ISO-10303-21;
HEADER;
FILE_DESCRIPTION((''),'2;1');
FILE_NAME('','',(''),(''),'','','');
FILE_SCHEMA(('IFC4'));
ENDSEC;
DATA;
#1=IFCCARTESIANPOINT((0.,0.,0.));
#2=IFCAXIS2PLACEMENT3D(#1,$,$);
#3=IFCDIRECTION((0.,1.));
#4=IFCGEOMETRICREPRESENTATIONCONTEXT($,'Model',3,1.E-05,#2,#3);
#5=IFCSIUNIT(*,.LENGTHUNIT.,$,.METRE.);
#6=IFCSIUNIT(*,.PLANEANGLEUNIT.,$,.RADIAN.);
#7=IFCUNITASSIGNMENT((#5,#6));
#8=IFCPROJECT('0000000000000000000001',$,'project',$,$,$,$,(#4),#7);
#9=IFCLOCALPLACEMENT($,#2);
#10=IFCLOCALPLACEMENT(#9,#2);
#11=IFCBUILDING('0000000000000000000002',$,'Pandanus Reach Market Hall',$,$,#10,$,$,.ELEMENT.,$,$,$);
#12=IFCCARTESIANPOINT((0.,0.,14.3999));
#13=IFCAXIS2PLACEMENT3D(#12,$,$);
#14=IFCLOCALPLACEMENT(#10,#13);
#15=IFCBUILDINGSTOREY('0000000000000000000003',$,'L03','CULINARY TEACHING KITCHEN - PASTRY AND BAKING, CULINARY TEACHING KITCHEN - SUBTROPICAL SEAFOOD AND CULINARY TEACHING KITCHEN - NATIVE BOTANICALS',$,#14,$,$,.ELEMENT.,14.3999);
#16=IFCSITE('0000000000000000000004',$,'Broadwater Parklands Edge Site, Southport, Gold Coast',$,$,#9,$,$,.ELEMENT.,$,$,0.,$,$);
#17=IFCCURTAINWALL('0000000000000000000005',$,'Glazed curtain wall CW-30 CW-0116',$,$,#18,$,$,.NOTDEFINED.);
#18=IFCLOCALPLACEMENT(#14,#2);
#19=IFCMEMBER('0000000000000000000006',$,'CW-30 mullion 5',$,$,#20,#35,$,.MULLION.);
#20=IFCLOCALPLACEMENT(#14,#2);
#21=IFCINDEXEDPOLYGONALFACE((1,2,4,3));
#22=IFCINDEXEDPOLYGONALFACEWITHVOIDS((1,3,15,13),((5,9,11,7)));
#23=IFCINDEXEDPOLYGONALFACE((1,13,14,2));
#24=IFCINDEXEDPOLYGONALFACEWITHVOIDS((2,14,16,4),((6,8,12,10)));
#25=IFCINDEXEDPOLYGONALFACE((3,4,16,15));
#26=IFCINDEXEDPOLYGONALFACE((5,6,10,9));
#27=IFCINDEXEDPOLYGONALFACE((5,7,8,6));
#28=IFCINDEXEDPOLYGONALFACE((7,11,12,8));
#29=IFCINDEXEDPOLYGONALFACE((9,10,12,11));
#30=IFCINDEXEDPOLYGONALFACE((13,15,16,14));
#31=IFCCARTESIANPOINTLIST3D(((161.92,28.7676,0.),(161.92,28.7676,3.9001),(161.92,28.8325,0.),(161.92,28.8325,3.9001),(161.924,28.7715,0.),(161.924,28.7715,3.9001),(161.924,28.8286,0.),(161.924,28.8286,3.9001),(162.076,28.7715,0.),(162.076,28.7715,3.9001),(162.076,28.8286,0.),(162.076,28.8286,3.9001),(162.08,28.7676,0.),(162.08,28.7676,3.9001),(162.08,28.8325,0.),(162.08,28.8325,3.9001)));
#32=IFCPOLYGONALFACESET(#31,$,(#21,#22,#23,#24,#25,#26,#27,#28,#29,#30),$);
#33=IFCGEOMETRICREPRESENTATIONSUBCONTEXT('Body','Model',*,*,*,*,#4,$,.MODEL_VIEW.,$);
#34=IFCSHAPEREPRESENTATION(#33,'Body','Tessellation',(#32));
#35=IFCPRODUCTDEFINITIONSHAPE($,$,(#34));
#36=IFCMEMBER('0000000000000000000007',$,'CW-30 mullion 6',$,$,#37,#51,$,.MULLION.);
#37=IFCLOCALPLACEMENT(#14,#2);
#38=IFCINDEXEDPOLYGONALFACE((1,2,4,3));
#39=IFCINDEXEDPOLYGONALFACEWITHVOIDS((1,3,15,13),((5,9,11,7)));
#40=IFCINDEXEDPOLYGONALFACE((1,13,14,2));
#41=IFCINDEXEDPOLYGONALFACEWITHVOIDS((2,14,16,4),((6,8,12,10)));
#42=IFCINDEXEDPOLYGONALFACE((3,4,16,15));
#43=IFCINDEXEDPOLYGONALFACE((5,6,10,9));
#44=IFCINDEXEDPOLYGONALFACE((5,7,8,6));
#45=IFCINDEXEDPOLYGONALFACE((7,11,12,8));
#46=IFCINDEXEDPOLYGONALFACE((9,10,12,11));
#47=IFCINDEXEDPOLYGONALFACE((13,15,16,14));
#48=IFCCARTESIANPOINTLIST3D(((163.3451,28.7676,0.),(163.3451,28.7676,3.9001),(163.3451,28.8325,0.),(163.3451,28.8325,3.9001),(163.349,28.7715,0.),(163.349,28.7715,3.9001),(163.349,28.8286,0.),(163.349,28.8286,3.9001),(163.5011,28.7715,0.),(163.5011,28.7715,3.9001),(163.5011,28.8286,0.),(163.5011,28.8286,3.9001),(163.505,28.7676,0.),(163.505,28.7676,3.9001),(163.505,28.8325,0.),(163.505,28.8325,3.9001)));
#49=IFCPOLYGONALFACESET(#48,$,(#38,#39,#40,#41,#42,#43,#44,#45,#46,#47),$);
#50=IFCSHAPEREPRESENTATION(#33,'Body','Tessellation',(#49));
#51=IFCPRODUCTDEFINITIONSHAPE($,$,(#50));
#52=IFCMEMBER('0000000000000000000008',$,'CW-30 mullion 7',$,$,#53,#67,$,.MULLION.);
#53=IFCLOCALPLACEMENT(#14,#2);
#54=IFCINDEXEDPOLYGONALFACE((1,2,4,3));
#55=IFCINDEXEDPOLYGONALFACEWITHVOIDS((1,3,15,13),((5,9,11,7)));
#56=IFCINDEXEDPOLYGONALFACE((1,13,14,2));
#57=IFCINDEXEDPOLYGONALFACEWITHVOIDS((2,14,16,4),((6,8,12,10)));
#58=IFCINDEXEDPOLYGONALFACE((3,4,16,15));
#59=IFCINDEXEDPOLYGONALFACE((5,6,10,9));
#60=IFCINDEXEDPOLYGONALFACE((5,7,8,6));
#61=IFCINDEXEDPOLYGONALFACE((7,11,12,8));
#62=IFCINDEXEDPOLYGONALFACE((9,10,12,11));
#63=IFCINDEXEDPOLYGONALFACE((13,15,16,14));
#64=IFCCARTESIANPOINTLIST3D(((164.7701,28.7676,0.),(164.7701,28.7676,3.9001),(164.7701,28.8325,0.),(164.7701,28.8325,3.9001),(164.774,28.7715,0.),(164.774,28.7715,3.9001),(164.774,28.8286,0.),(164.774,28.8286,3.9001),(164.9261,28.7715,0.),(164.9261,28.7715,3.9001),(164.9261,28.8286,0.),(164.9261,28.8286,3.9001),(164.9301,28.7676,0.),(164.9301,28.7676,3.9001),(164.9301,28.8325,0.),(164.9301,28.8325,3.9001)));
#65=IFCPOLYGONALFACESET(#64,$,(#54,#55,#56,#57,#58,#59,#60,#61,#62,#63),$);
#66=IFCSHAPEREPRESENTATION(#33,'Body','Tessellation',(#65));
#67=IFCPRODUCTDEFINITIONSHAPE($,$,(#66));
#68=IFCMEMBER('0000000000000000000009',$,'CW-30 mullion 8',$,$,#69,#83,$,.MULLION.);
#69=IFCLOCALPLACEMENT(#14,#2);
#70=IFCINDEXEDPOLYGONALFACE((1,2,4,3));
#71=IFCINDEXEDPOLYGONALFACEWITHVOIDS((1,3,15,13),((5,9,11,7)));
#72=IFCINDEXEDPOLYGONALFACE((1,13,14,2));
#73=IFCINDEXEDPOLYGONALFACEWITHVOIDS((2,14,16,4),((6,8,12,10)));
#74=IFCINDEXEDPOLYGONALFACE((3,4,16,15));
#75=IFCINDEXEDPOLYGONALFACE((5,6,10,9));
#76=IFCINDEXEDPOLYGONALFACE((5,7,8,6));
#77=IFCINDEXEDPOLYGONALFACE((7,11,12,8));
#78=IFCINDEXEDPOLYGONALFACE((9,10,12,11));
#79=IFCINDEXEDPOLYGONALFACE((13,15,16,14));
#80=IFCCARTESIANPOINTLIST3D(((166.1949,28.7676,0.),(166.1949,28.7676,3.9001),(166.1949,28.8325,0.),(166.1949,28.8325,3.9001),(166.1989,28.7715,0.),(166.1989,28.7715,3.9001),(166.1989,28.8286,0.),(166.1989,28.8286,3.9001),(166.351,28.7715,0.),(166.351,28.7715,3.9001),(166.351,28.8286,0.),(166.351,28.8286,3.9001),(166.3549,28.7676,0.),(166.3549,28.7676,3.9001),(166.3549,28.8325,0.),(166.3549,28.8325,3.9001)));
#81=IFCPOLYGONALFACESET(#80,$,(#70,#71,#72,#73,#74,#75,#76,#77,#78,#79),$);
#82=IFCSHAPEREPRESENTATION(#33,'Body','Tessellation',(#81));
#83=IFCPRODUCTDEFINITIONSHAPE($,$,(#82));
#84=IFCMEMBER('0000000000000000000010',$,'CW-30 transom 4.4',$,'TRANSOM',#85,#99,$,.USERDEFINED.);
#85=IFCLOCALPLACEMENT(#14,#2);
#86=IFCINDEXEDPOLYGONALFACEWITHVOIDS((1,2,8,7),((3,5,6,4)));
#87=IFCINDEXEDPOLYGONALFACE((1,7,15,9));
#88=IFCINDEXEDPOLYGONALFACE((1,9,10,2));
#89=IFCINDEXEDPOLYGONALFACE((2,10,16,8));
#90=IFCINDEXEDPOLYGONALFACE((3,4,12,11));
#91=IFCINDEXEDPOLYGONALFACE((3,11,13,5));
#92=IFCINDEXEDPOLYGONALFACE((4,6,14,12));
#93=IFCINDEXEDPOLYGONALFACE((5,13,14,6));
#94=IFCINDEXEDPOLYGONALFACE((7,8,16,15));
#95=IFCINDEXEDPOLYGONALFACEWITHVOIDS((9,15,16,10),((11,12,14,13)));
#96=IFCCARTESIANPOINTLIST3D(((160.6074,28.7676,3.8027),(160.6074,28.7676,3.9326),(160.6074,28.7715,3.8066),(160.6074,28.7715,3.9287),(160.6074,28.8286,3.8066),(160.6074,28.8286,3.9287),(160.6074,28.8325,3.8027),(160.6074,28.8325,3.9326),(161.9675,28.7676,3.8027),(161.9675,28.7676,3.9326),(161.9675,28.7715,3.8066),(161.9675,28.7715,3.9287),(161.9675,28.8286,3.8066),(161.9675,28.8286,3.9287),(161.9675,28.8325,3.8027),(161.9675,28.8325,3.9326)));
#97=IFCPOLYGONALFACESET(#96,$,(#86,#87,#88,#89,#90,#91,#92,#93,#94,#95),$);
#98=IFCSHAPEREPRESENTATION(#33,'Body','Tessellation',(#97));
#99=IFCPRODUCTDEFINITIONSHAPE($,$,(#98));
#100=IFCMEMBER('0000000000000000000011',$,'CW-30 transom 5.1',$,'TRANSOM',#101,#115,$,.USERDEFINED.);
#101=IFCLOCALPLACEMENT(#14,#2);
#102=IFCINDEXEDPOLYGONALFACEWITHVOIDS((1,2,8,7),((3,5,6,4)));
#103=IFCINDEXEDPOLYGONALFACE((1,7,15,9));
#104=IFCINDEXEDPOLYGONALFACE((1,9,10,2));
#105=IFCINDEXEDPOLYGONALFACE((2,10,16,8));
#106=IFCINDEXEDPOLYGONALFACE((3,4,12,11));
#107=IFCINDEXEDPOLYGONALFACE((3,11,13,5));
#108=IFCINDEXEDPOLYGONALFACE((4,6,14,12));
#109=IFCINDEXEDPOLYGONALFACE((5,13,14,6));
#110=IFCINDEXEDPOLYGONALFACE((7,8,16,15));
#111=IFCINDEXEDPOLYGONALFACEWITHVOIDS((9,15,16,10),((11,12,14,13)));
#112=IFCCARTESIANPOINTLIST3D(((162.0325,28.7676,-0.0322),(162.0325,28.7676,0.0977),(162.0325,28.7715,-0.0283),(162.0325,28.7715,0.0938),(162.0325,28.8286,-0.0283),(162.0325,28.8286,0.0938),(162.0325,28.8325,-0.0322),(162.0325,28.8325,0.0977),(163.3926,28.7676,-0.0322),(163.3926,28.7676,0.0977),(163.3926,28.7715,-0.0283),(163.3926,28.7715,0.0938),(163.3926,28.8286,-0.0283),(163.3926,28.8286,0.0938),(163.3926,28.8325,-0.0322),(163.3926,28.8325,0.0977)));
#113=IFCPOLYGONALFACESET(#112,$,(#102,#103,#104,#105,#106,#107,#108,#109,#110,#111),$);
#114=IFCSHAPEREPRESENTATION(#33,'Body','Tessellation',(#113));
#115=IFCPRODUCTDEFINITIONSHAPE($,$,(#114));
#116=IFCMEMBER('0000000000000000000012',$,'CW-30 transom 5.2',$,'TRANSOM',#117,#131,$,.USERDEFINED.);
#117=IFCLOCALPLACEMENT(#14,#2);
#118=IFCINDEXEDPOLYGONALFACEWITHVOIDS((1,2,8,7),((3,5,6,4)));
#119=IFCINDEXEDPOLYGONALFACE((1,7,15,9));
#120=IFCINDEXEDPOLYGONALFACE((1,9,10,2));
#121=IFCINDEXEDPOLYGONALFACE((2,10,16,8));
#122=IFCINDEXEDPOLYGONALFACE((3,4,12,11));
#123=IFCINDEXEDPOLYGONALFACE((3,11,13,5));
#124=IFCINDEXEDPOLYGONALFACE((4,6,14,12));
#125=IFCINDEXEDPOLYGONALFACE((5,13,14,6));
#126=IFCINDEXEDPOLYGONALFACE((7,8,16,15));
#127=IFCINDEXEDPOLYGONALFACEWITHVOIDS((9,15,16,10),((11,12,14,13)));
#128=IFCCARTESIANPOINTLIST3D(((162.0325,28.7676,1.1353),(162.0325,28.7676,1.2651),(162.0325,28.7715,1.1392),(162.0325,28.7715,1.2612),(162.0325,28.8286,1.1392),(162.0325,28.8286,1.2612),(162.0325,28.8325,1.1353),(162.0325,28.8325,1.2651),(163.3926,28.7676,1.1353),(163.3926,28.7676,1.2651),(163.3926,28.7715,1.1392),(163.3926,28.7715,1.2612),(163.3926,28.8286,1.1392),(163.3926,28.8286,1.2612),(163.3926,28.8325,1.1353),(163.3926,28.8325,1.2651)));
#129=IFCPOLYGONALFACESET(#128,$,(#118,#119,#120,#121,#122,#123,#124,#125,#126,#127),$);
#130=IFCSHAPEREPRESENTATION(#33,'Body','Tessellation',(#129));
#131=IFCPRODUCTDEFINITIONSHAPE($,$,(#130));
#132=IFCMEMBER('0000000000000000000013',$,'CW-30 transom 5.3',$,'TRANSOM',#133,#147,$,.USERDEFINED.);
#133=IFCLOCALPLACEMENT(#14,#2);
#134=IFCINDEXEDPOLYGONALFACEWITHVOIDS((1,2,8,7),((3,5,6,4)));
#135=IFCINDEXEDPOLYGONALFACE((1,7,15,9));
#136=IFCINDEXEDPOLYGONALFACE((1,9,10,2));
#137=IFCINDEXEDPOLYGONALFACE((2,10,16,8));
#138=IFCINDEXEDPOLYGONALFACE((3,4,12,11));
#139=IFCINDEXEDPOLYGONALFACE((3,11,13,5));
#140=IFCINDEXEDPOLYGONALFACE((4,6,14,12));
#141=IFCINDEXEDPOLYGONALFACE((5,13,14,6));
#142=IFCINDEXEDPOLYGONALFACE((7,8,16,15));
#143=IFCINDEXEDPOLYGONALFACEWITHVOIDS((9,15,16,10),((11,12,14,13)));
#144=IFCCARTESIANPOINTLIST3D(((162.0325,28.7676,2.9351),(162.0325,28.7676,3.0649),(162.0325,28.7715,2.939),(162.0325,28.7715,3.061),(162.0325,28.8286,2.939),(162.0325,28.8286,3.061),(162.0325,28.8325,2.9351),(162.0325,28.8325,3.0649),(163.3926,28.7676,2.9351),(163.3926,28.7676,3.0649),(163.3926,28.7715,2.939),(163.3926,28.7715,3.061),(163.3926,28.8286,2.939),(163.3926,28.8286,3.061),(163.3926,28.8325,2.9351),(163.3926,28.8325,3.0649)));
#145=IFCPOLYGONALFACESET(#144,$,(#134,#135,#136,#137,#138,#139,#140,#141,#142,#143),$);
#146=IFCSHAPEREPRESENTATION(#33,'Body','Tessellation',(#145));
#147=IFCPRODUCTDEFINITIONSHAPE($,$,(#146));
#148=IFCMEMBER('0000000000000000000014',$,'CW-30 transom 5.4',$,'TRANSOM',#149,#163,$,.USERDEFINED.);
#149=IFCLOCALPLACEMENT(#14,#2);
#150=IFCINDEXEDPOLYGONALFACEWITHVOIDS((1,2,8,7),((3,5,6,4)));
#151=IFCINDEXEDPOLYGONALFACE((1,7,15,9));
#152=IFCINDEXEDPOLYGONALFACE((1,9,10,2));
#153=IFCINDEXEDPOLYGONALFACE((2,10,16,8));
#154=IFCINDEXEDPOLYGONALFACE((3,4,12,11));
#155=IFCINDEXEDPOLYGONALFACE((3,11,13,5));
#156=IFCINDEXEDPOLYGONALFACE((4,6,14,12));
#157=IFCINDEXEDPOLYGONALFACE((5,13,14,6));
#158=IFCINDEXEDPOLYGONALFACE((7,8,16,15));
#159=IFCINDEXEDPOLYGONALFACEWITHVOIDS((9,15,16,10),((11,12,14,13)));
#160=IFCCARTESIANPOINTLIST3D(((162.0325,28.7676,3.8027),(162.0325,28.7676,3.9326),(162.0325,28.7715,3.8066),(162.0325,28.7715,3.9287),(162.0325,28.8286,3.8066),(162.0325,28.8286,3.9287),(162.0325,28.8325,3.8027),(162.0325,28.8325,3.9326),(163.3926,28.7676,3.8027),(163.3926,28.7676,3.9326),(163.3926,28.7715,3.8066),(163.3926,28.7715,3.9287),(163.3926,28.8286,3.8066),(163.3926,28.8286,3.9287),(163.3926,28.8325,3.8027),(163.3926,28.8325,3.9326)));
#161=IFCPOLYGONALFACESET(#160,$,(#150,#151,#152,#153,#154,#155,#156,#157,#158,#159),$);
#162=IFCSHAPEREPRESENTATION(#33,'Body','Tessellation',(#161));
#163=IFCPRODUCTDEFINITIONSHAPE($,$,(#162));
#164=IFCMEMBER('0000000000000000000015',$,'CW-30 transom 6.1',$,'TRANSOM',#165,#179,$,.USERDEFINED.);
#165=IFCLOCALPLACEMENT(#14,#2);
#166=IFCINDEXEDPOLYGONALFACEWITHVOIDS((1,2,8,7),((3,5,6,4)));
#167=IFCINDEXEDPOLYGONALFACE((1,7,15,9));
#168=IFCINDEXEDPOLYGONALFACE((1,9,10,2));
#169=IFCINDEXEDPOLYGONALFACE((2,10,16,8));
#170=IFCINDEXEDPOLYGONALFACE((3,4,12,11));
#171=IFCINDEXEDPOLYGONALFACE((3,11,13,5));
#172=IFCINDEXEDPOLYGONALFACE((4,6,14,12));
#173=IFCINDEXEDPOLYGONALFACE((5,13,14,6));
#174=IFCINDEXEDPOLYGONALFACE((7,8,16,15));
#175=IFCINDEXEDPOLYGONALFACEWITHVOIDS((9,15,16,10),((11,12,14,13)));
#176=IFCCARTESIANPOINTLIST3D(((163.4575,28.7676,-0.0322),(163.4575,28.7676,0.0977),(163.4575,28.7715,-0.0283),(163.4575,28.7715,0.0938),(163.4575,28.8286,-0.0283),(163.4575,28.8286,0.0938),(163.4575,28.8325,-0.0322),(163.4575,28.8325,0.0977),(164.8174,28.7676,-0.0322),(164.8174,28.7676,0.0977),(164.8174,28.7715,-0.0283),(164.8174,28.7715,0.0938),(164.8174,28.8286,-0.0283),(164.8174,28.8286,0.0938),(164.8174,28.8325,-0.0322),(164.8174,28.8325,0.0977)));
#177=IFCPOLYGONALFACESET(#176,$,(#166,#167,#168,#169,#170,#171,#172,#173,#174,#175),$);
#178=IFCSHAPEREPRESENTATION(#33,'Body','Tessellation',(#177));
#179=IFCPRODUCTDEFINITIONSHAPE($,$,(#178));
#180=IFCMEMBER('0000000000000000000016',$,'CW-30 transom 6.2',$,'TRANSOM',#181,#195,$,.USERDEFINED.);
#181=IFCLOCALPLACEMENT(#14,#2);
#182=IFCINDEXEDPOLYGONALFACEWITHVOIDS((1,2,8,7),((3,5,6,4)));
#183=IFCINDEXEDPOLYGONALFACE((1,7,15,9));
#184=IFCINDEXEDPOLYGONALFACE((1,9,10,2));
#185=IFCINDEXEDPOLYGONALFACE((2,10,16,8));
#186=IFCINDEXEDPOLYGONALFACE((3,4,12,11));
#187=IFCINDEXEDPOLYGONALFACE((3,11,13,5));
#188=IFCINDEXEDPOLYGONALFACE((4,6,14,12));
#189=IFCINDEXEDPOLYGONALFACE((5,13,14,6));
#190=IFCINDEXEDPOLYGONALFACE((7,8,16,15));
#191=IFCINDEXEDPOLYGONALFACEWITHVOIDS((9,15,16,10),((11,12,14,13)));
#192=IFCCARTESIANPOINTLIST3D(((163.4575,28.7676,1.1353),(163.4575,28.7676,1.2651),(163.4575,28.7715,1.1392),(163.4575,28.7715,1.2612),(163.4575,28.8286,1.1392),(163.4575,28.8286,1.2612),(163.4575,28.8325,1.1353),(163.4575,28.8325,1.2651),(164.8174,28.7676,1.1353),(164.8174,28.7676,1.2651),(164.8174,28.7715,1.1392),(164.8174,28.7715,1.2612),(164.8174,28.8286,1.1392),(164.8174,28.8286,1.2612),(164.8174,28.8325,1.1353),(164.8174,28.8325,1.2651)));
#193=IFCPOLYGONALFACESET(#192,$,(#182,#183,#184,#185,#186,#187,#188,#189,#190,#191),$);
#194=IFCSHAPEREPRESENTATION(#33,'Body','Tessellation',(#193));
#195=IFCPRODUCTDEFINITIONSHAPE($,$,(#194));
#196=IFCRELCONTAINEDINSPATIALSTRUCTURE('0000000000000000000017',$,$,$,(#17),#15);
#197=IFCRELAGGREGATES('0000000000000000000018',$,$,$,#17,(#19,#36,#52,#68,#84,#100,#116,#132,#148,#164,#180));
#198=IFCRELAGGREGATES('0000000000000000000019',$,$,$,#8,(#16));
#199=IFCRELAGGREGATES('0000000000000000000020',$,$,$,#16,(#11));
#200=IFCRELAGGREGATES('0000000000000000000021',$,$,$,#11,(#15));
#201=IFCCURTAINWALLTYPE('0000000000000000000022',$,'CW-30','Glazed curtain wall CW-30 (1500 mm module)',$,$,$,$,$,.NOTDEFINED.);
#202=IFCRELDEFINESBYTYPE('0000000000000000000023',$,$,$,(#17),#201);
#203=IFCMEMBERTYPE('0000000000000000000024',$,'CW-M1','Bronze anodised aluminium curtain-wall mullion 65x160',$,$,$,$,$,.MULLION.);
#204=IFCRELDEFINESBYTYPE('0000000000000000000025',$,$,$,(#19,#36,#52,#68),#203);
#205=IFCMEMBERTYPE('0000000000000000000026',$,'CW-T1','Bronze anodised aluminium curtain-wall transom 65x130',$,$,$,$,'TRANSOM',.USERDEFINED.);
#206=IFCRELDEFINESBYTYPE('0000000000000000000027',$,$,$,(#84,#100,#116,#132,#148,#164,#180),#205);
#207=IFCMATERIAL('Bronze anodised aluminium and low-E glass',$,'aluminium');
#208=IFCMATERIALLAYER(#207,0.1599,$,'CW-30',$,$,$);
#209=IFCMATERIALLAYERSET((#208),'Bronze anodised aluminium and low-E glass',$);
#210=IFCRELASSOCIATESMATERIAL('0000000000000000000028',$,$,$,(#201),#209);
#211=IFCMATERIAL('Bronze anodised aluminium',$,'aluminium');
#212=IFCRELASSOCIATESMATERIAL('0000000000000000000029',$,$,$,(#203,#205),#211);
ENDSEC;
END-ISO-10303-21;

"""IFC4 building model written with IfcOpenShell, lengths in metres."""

from ifc_helpers import new_model, si_unit, direction, frame, origin, origin_2d, place, context, subcontext, project, spatial, hollow_rectangle, extrude, material, layer, layer_set, material_profile, profile_set, type_object, element, aggregate, save


model = new_model("IFC4")

# Units and contexts
model_context = context("Model", 3, precision=1e-05, world=origin(), true_north=direction((0.0, 1.0)))
body_context = subcontext(model_context, "Body", "Model", "MODEL_VIEW")
ifc_project = project(units=[si_unit("LENGTHUNIT", "METRE"), si_unit("PLANEANGLEUNIT", "RADIAN")], contexts=[model_context])

# Site, building, storey
site_placement = place(None, origin())
site = spatial("IfcSite", under=ifc_project, at=site_placement, Name="Broadwater Parklands Edge Site, Southport, Gold Coast", CompositionType="ELEMENT", RefElevation=0.0)
building_placement = place(site_placement, origin())
building = spatial("IfcBuilding", under=site, at=building_placement, Name="Pandanus Reach Market Hall", CompositionType="ELEMENT")
storey_placement = place(building_placement, frame((0.0, 0.0, 14.3999)))
storey = spatial("IfcBuildingStorey", under=building, at=storey_placement, Name="L03", Description="CULINARY TEACHING KITCHEN - PASTRY AND BAKING, CULINARY TEACHING KITCHEN - SUBTROPICAL SEAFOOD AND CULINARY TEACHING KITCHEN - NATIVE BOTANICALS", CompositionType="ELEMENT", Elevation=14.3999)

# Curtain wall, members
ifc_material_1 = material(Name="Bronze anodised aluminium and low-E glass", Category="aluminium")
ifc_layer_1 = layer(ifc_material_1, 0.1599, Name="CW-30")
ifc_layer_set_1 = layer_set([ifc_layer_1], Name="Bronze anodised aluminium and low-E glass")
curtain_wall_type = type_object("IfcCurtainWallType", Name="CW-30", Description="Glazed curtain wall CW-30 (1500 mm module)", PredefinedType="NOTDEFINED", material=ifc_layer_set_1)
curtain_wall_placement = place(storey_placement, origin())
curtain_wall = element("IfcCurtainWall", 1, at=curtain_wall_placement, inside=storey, type_object=curtain_wall_type, Name="Glazed curtain wall CW-30 CW-0116", PredefinedType="NOTDEFINED")
ifc_material_2 = material(Name="Bronze anodised aluminium", Category="aluminium")
ifc_material_profile_1 = material_profile(ifc_material_2, hollow_rectangle(XDim=0.0649, YDim=0.1599, WallThickness=0.0039, at=origin_2d()), Name="ALU65x160", Category="LoadBearing")
ifc_profile_set_1 = profile_set([ifc_material_profile_1], Name="Bronze anodised aluminium")
member_type_1 = type_object("IfcMemberType", Name="CW-M1", Description="Bronze anodised aluminium curtain-wall mullion 65x160", PredefinedType="MULLION", material=ifc_profile_set_1)
member_1_placement = place(storey_placement, frame((162.0, 28.8, 0.0), z_axis=(0.0, 0.0, 1.0), x_axis=(0.0, 1.0, 0.0)))
member_1 = element("IfcMember", 2, at=member_1_placement, type_object=member_type_1, Name="CW-30 mullion 5", PredefinedType="MULLION", context=body_context, shape_type="SweptSolid", body=[
    extrude(hollow_rectangle(XDim=0.0649, YDim=0.1599, WallThickness=0.0039, at=origin_2d()), origin(), (0.0, 0.0, 1.0), 3.9001),
])
member_2_placement = place(storey_placement, frame((163.425, 28.8, 0.0), z_axis=(0.0, 0.0, 1.0), x_axis=(0.0, 1.0, 0.0)))
member_2 = element("IfcMember", 3, at=member_2_placement, type_object=member_type_1, Name="CW-30 mullion 6", PredefinedType="MULLION", context=body_context, shape_type="SweptSolid", body=[
    extrude(hollow_rectangle(XDim=0.0649, YDim=0.1599, WallThickness=0.0039, at=origin_2d()), origin(), (0.0, 0.0, 1.0), 3.9001),
])
member_3_placement = place(storey_placement, frame((164.8501, 28.8, 0.0), z_axis=(0.0, 0.0, 1.0), x_axis=(0.0, 1.0, 0.0)))
member_3 = element("IfcMember", 4, at=member_3_placement, type_object=member_type_1, Name="CW-30 mullion 7", PredefinedType="MULLION", context=body_context, shape_type="SweptSolid", body=[
    extrude(hollow_rectangle(XDim=0.0649, YDim=0.1599, WallThickness=0.0039, at=origin_2d()), origin(), (0.0, 0.0, 1.0), 3.9001),
])
member_4_placement = place(storey_placement, frame((166.2749, 28.8, 0.0), z_axis=(0.0, 0.0, 1.0), x_axis=(0.0, 1.0, 0.0)))
member_4 = element("IfcMember", 5, at=member_4_placement, type_object=member_type_1, Name="CW-30 mullion 8", PredefinedType="MULLION", context=body_context, shape_type="SweptSolid", body=[
    extrude(hollow_rectangle(XDim=0.0649, YDim=0.1599, WallThickness=0.0039, at=origin_2d()), origin(), (0.0, 0.0, 1.0), 3.9001),
])
ifc_material_profile_2 = material_profile(ifc_material_2, hollow_rectangle(XDim=0.0649, YDim=0.1299, WallThickness=0.0039, at=origin_2d()), Name="ALU65x130", Category="LoadBearing")
ifc_profile_set_2 = profile_set([ifc_material_profile_2], Name="Bronze anodised aluminium")
member_type_2 = type_object("IfcMemberType", Name="CW-T1", Description="Bronze anodised aluminium curtain-wall transom 65x130", ElementType="TRANSOM", PredefinedType="USERDEFINED", material=ifc_profile_set_2)
member_5_placement = place(storey_placement, frame((160.6074, 28.8, 3.8677), z_axis=(1.0, 0.0, 0.0), x_axis=(0.0, 1.0, 0.0)))
member_5 = element("IfcMember", 6, at=member_5_placement, type_object=member_type_2, Name="CW-30 transom 4.4", ObjectType="TRANSOM", PredefinedType="USERDEFINED", context=body_context, shape_type="SweptSolid", body=[
    extrude(hollow_rectangle(XDim=0.0649, YDim=0.1299, WallThickness=0.0039, at=origin_2d()), origin(), (0.0, 0.0, 1.0), 1.3601),
])
member_6_placement = place(storey_placement, frame((162.0325, 28.8, 0.0327), z_axis=(1.0, 0.0, 0.0), x_axis=(0.0, 1.0, 0.0)))
member_6 = element("IfcMember", 7, at=member_6_placement, type_object=member_type_2, Name="CW-30 transom 5.1", ObjectType="TRANSOM", PredefinedType="USERDEFINED", context=body_context, shape_type="SweptSolid", body=[
    extrude(hollow_rectangle(XDim=0.0649, YDim=0.1299, WallThickness=0.0039, at=origin_2d()), origin(), (0.0, 0.0, 1.0), 1.3601),
])
member_7_placement = place(storey_placement, frame((162.0325, 28.8, 1.2002), z_axis=(1.0, 0.0, 0.0), x_axis=(0.0, 1.0, 0.0)))
member_7 = element("IfcMember", 8, at=member_7_placement, type_object=member_type_2, Name="CW-30 transom 5.2", ObjectType="TRANSOM", PredefinedType="USERDEFINED", context=body_context, shape_type="SweptSolid", body=[
    extrude(hollow_rectangle(XDim=0.0649, YDim=0.1299, WallThickness=0.0039, at=origin_2d()), origin(), (0.0, 0.0, 1.0), 1.3601),
])
member_8_placement = place(storey_placement, frame((162.0325, 28.8, 3.0), z_axis=(1.0, 0.0, 0.0), x_axis=(0.0, 1.0, 0.0)))
member_8 = element("IfcMember", 9, at=member_8_placement, type_object=member_type_2, Name="CW-30 transom 5.3", ObjectType="TRANSOM", PredefinedType="USERDEFINED", context=body_context, shape_type="SweptSolid", body=[
    extrude(hollow_rectangle(XDim=0.0649, YDim=0.1299, WallThickness=0.0039, at=origin_2d()), origin(), (0.0, 0.0, 1.0), 1.3601),
])
member_9_placement = place(storey_placement, frame((162.0325, 28.8, 3.8677), z_axis=(1.0, 0.0, 0.0), x_axis=(0.0, 1.0, 0.0)))
member_9 = element("IfcMember", 10, at=member_9_placement, type_object=member_type_2, Name="CW-30 transom 5.4", ObjectType="TRANSOM", PredefinedType="USERDEFINED", context=body_context, shape_type="SweptSolid", body=[
    extrude(hollow_rectangle(XDim=0.0649, YDim=0.1299, WallThickness=0.0039, at=origin_2d()), origin(), (0.0, 0.0, 1.0), 1.3601),
])
member_10_placement = place(storey_placement, frame((163.4575, 28.8, 0.0327), z_axis=(1.0, 0.0, 0.0), x_axis=(0.0, 1.0, 0.0)))
member_10 = element("IfcMember", 11, at=member_10_placement, type_object=member_type_2, Name="CW-30 transom 6.1", ObjectType="TRANSOM", PredefinedType="USERDEFINED", context=body_context, shape_type="SweptSolid", body=[
    extrude(hollow_rectangle(XDim=0.0649, YDim=0.1299, WallThickness=0.0039, at=origin_2d()), origin(), (0.0, 0.0, 1.0), 1.3599),
])
member_11_placement = place(storey_placement, frame((163.4575, 28.8, 1.2002), z_axis=(1.0, 0.0, 0.0), x_axis=(0.0, 1.0, 0.0)))
member_11 = element("IfcMember", 12, at=member_11_placement, type_object=member_type_2, Name="CW-30 transom 6.2", ObjectType="TRANSOM", PredefinedType="USERDEFINED", context=body_context, shape_type="SweptSolid", body=[
    extrude(hollow_rectangle(XDim=0.0649, YDim=0.1299, WallThickness=0.0039, at=origin_2d()), origin(), (0.0, 0.0, 1.0), 1.3599),
])
aggregate(curtain_wall, [member_1, member_2, member_3, member_4, member_5, member_6, member_7, member_8, member_9, member_10, member_11])

save(model, "model.ifc")
